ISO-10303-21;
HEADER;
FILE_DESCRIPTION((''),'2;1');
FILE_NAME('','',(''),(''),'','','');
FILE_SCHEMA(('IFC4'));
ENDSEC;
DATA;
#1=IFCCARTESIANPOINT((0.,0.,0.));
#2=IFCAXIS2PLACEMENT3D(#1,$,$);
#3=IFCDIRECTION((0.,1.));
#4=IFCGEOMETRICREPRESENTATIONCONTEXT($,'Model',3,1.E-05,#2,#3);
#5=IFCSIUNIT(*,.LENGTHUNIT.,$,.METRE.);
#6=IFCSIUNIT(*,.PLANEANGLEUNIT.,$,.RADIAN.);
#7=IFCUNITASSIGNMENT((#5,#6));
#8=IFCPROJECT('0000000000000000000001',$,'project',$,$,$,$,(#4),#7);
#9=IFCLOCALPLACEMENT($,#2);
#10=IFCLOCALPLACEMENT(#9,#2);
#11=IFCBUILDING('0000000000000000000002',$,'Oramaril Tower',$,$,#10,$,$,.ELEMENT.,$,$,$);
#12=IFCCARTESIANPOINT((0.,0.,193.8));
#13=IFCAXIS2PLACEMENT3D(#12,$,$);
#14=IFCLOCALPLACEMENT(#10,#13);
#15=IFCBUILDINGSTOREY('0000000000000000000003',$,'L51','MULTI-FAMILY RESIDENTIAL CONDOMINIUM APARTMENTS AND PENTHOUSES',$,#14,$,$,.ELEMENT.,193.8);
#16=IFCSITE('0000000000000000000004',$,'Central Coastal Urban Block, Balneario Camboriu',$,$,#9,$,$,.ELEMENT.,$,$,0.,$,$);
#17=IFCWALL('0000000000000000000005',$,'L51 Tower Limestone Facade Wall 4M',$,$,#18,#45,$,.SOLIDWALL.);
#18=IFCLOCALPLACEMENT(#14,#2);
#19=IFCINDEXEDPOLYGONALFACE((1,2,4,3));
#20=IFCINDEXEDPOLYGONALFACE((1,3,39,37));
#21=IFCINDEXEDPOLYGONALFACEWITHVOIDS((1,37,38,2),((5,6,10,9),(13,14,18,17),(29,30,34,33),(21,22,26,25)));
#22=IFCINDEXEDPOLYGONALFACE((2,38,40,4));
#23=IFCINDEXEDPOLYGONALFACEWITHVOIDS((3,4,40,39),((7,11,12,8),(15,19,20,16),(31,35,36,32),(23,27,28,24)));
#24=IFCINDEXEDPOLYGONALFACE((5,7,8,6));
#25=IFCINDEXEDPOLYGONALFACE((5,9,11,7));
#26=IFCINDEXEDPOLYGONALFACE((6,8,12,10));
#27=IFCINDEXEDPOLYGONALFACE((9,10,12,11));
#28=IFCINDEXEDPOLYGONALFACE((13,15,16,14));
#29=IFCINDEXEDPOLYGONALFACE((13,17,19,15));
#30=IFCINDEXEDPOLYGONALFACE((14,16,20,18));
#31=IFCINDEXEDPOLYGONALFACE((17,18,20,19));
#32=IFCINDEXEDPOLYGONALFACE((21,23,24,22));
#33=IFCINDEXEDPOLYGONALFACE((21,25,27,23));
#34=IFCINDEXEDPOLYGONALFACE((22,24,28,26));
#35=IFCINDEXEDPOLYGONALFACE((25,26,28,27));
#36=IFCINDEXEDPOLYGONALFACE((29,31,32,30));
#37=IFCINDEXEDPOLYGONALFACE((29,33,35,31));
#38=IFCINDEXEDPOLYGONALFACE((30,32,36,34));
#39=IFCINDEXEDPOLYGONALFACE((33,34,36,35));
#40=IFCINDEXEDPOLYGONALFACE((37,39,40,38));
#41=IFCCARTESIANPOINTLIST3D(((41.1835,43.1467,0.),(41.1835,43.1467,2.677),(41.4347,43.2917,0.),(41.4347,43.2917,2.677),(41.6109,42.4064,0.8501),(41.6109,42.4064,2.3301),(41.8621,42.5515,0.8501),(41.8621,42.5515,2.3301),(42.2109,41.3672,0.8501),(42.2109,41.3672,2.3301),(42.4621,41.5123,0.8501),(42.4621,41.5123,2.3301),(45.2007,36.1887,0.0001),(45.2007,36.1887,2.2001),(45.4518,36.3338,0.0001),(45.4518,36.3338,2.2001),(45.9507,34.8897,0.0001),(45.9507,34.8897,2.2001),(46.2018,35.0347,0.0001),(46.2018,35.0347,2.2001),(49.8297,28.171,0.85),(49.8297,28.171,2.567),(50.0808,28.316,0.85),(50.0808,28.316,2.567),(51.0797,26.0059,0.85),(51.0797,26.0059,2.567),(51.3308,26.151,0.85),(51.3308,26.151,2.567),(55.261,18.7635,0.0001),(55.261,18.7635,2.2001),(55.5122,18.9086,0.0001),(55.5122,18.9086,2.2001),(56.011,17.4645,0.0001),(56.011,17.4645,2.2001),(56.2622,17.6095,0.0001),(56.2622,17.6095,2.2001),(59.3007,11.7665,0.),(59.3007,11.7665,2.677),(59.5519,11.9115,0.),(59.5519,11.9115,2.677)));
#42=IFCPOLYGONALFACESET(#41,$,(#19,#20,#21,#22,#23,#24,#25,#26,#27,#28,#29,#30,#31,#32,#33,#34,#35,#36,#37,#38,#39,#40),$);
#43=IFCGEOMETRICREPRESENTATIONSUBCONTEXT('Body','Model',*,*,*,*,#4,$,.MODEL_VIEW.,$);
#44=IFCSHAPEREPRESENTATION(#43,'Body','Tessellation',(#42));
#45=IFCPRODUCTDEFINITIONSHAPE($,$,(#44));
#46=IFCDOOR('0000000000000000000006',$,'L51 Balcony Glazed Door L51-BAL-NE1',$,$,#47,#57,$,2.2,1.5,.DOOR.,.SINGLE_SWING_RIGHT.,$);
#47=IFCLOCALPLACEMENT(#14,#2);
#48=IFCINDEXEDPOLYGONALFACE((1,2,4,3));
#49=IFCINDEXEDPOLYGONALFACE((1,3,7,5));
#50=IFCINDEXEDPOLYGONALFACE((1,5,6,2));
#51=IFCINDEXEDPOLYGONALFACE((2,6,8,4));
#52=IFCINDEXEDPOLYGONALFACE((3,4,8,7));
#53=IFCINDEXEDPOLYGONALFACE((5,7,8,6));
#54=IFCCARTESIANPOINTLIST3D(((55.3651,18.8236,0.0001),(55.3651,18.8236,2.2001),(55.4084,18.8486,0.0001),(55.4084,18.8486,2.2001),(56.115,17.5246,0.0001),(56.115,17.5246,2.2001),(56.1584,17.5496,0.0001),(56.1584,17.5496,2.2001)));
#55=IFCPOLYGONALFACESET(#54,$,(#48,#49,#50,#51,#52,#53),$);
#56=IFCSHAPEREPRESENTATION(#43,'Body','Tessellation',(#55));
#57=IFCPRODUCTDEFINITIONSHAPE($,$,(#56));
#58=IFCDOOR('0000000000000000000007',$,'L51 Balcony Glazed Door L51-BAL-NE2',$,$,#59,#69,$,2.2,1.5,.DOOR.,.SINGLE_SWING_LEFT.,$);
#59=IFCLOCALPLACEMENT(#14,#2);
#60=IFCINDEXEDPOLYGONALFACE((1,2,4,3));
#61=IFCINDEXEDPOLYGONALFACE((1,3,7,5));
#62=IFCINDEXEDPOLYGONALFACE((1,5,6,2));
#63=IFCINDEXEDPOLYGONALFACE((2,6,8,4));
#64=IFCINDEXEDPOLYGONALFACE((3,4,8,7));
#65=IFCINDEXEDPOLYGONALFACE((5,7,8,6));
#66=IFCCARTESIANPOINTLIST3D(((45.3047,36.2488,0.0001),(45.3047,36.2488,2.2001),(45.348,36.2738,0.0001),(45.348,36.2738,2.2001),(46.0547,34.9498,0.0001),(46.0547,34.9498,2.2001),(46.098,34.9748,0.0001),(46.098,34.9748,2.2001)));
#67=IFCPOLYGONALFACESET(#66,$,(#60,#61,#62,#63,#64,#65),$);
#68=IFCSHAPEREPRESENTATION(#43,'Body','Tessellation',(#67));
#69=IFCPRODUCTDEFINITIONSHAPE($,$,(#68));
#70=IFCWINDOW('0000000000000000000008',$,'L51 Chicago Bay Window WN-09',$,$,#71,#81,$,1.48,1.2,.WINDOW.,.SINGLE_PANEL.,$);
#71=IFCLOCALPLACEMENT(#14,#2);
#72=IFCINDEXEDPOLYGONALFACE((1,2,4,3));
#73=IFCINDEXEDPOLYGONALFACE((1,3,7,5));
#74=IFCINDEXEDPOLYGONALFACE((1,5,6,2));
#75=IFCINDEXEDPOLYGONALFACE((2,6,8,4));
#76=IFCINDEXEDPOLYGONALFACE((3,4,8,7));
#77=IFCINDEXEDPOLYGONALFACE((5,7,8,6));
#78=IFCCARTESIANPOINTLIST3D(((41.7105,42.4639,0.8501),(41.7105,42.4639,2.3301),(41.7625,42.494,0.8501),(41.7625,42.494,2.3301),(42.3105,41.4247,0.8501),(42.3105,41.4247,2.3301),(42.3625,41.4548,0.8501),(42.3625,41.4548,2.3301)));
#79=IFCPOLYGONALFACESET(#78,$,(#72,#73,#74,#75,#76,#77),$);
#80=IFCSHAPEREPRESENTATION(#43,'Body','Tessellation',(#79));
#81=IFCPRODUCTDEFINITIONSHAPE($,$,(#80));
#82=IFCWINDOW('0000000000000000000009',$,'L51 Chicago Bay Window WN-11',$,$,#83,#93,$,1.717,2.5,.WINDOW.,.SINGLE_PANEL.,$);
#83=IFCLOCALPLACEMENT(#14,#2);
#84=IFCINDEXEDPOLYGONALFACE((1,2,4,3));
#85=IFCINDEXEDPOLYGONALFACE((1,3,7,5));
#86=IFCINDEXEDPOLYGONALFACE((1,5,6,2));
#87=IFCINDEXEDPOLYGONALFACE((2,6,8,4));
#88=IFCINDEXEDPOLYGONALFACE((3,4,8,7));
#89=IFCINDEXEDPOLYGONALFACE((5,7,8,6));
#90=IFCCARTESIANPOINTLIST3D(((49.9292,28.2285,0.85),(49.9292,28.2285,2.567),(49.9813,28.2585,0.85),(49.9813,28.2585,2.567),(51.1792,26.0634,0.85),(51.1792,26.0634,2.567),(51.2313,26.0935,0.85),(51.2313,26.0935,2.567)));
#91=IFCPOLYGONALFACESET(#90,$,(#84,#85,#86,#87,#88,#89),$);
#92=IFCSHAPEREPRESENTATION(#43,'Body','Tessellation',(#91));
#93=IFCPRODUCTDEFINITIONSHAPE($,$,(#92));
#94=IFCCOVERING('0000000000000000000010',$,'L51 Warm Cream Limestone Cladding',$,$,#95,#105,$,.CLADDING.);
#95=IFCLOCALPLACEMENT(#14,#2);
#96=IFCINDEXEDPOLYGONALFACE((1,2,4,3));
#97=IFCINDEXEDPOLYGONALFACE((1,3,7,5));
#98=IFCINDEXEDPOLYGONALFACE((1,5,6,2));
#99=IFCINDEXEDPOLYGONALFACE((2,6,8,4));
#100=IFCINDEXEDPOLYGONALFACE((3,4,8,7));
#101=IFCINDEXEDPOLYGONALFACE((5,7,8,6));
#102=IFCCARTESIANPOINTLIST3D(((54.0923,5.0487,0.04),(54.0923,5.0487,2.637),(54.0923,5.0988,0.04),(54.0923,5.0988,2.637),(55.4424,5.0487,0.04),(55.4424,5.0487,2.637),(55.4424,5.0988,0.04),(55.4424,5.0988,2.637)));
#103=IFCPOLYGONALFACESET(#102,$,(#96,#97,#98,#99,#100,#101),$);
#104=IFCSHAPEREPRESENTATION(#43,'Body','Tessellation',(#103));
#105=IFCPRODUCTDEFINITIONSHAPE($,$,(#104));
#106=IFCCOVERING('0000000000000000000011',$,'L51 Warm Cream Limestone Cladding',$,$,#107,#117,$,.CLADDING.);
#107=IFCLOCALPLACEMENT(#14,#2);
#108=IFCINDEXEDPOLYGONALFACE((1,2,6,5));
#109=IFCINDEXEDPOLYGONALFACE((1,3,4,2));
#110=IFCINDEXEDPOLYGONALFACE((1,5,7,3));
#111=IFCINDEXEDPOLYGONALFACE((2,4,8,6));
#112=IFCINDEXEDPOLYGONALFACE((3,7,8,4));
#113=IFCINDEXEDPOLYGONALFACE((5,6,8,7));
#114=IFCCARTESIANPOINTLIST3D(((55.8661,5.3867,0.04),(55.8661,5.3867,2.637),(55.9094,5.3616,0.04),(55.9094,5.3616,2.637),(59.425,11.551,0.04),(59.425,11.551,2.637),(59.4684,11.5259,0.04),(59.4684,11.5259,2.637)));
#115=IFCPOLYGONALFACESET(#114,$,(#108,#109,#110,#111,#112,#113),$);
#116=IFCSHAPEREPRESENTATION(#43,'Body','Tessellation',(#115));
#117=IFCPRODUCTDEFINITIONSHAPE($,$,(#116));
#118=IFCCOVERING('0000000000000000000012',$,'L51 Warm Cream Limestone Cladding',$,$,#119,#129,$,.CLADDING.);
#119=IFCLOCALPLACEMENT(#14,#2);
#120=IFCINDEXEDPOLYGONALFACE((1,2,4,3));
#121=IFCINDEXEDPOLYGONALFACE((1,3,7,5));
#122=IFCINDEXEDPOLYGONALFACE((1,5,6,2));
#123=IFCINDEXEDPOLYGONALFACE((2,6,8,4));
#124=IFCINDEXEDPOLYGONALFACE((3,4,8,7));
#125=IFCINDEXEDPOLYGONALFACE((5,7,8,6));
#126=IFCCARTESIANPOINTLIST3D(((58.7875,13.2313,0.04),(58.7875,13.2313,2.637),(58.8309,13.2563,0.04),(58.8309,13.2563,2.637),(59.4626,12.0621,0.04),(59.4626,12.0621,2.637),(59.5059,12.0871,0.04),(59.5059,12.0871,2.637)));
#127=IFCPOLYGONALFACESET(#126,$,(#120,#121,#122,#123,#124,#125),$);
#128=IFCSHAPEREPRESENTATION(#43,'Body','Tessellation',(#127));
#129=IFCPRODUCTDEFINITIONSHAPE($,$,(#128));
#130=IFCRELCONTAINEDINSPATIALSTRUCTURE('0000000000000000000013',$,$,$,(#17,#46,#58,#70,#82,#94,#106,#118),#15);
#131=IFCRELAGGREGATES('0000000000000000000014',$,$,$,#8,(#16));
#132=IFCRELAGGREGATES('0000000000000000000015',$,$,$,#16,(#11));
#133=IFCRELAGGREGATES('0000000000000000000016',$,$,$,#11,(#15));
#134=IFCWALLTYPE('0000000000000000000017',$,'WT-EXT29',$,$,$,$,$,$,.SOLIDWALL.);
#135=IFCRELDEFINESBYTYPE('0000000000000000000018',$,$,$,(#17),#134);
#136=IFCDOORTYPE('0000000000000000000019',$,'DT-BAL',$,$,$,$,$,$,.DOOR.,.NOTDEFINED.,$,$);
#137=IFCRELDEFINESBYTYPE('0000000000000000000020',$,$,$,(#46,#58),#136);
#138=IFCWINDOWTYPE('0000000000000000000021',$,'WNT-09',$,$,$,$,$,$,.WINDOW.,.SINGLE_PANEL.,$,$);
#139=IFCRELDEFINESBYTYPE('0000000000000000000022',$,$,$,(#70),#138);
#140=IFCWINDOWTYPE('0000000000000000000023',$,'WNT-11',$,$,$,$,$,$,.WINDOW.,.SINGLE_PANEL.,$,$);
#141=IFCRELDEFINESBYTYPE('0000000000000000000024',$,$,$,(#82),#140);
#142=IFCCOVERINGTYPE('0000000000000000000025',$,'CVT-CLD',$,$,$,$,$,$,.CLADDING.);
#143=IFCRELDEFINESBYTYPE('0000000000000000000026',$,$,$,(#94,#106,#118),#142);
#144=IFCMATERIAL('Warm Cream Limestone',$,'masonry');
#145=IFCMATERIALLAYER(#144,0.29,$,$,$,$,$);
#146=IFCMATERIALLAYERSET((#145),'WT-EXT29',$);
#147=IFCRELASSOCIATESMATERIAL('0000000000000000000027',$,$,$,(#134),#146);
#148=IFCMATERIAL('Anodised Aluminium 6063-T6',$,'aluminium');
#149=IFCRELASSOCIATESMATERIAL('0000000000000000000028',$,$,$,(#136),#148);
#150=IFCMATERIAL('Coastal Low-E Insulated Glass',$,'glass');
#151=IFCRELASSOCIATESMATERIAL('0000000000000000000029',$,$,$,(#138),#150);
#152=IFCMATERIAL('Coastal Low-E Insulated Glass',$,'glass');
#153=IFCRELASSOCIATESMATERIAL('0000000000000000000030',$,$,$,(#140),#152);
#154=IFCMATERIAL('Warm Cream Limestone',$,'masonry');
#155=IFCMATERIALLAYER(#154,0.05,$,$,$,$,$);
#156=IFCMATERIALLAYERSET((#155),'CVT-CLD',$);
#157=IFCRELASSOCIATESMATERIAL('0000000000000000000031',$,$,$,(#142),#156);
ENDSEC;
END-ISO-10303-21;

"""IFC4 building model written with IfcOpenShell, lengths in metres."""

from ifc_helpers import new_model, si_unit, direction, frame, frame_2d, origin, origin_2d, place, context, subcontext, project, spatial, rectangle, extrude, material, layer, layer_set, type_object, element, fill, save


model = new_model("IFC4")

# Units and contexts
model_context = context("Model", 3, precision=1e-05, world=origin(), true_north=direction((0.0, 1.0)))
body_context = subcontext(model_context, "Body", "Model", "MODEL_VIEW")
ifc_project = project(units=[si_unit("LENGTHUNIT", "METRE"), si_unit("PLANEANGLEUNIT", "RADIAN")], contexts=[model_context])

# Site, building, storey
site_placement = place(None, origin())
site = spatial("IfcSite", under=ifc_project, at=site_placement, Name="Central Coastal Urban Block, Balneario Camboriu", CompositionType="ELEMENT", RefElevation=0.0)
building_placement = place(site_placement, origin())
building = spatial("IfcBuilding", under=site, at=building_placement, Name="Oramaril Tower", CompositionType="ELEMENT")
storey_placement = place(building_placement, frame((0.0, 0.0, 193.8)))
storey = spatial("IfcBuildingStorey", under=building, at=storey_placement, Name="L51", Description="MULTI-FAMILY RESIDENTIAL CONDOMINIUM APARTMENTS AND PENTHOUSES", CompositionType="ELEMENT", Elevation=193.8)

# Shared definitions
ifc_material_1 = material(Name="Warm Cream Limestone", Category="masonry")
ifc_layer_1 = layer(ifc_material_1, 0.29)
ifc_layer_set_1 = layer_set([ifc_layer_1], Name="WT-EXT29")
wall_type = type_object("IfcWallType", Name="WT-EXT29", PredefinedType="SOLIDWALL", material=ifc_layer_set_1)

# Wall, openings, doors, windows
wall_1_placement = place(storey_placement, frame((59.4263, 11.8391, 0.0), z_axis=(0.0, 0.0, 1.0), x_axis=(-0.499997, 0.866027, 0.0)))
wall_1 = element("IfcWall", 1, at=wall_1_placement, inside=storey, type_object=wall_type, Name="L51 Tower Limestone Facade Wall 4M", PredefinedType="SOLIDWALL", context=body_context, shape_type="SweptSolid", body=[
    extrude(rectangle(XDim=36.2346, YDim=0.29, at=frame_2d((18.1172, 0.0))), origin(), (0.0, 0.0, 1.0), 2.677),
])
opening_1_placement = place(wall_1_placement, frame((6.5793, 0.0, 0.0)))
opening_1 = element("IfcOpeningElement", 2, at=opening_1_placement, cuts=wall_1, PredefinedType="OPENING", context=body_context, shape_type="SweptSolid", body=[
    extrude(rectangle(XDim=1.5, YDim=2.2, at=frame_2d((0.75, 1.1001))), frame((0.0, 0.145, 0.0), z_axis=(0.0, -1.0, 0.0), x_axis=(1.0, 0.0, 0.0)), (0.0, 0.0, 1.0), 0.29),
])
opening_2_placement = place(wall_1_placement, frame((26.7002, 0.0, 0.0)))
opening_2 = element("IfcOpeningElement", 3, at=opening_2_placement, cuts=wall_1, PredefinedType="OPENING", context=body_context, shape_type="SweptSolid", body=[
    extrude(rectangle(XDim=1.5, YDim=2.2, at=frame_2d((0.75, 1.1001))), frame((0.0, 0.145, 0.0), z_axis=(0.0, -1.0, 0.0), x_axis=(1.0, 0.0, 0.0)), (0.0, 0.0, 1.0), 0.29),
])
opening_3_placement = place(wall_1_placement, frame((34.1797, 0.0, 0.8501)))
opening_3 = element("IfcOpeningElement", 4, at=opening_3_placement, cuts=wall_1, PredefinedType="OPENING", context=body_context, shape_type="SweptSolid", body=[
    extrude(rectangle(XDim=1.2, YDim=1.48, at=frame_2d((0.6001, 0.74))), frame((0.0, 0.145, 0.0), z_axis=(0.0, -1.0, 0.0), x_axis=(1.0, 0.0, 0.0)), (0.0, 0.0, 1.0), 0.29),
])
opening_4_placement = place(wall_1_placement, frame((16.4421, 0.0, 0.8501)))
opening_4 = element("IfcOpeningElement", 5, at=opening_4_placement, cuts=wall_1, PredefinedType="OPENING", context=body_context, shape_type="SweptSolid", body=[
    extrude(rectangle(XDim=2.5, YDim=1.717, at=frame_2d((1.25, 0.8584))), frame((0.0, 0.145, 0.0), z_axis=(0.0, -1.0, 0.0), x_axis=(1.0, 0.0, 0.0)), (0.0, 0.0, 1.0), 0.29),
])
ifc_material_2 = material(Name="Anodised Aluminium 6063-T6", Category="aluminium")
door_type = type_object("IfcDoorType", Name="DT-BAL", OperationType="NOTDEFINED", PredefinedType="DOOR", material=ifc_material_2)
door_1_placement = place(opening_1_placement, origin())
door_1 = element("IfcDoor", 6, at=door_1_placement, inside=storey, type_object=door_type, Name="L51 Balcony Glazed Door L51-BAL-NE1", OperationType="SINGLE_SWING_RIGHT", OverallHeight=2.2, OverallWidth=1.5, PredefinedType="DOOR", context=body_context, shape_type="SweptSolid", body=[
    extrude(rectangle(XDim=1.5, YDim=2.2, at=frame_2d((0.75, 1.1001))), frame((0.0, 0.0249, 0.0), z_axis=(0.0, -1.0, 0.0), x_axis=(1.0, 0.0, 0.0)), (0.0, 0.0, 1.0), 0.05),
])
fill(opening_1, door_1)
door_2_placement = place(opening_2_placement, origin())
door_2 = element("IfcDoor", 7, at=door_2_placement, inside=storey, type_object=door_type, Name="L51 Balcony Glazed Door L51-BAL-NE2", OperationType="SINGLE_SWING_LEFT", OverallHeight=2.2, OverallWidth=1.5, PredefinedType="DOOR", context=body_context, shape_type="SweptSolid", body=[
    extrude(rectangle(XDim=1.5, YDim=2.2, at=frame_2d((0.75, 1.1001))), frame((0.0, 0.0249, 0.0), z_axis=(0.0, -1.0, 0.0), x_axis=(1.0, 0.0, 0.0)), (0.0, 0.0, 1.0), 0.05),
])
fill(opening_2, door_2)
ifc_material_3 = material(Name="Coastal Low-E Insulated Glass", Category="glass")
window_type_1 = type_object("IfcWindowType", Name="WNT-09", PartitioningType="SINGLE_PANEL", PredefinedType="WINDOW", material=ifc_material_3)
window_1_placement = place(opening_3_placement, origin())
window_1 = element("IfcWindow", 8, at=window_1_placement, inside=storey, type_object=window_type_1, Name="L51 Chicago Bay Window WN-09", OverallHeight=1.48, OverallWidth=1.2, PartitioningType="SINGLE_PANEL", PredefinedType="WINDOW", context=body_context, shape_type="SweptSolid", body=[
    extrude(rectangle(XDim=1.2, YDim=1.48, at=frame_2d((0.6001, 0.74))), frame((0.0, 0.03, 0.0), z_axis=(0.0, -1.0, 0.0), x_axis=(1.0, 0.0, 0.0)), (0.0, 0.0, 1.0), 0.0601),
])
fill(opening_3, window_1)
ifc_material_4 = material(Name="Coastal Low-E Insulated Glass", Category="glass")
window_type_2 = type_object("IfcWindowType", Name="WNT-11", PartitioningType="SINGLE_PANEL", PredefinedType="WINDOW", material=ifc_material_4)
window_2_placement = place(opening_4_placement, origin())
window_2 = element("IfcWindow", 9, at=window_2_placement, inside=storey, type_object=window_type_2, Name="L51 Chicago Bay Window WN-11", OverallHeight=1.717, OverallWidth=2.5, PartitioningType="SINGLE_PANEL", PredefinedType="WINDOW", context=body_context, shape_type="SweptSolid", body=[
    extrude(rectangle(XDim=2.5, YDim=1.717, at=frame_2d((1.25, 0.8584))), frame((0.0, 0.03, 0.0), z_axis=(0.0, -1.0, 0.0), x_axis=(1.0, 0.0, 0.0)), (0.0, 0.0, 1.0), 0.0601),
])
fill(opening_4, window_2)

# Coverings
ifc_material_5 = material(Name="Warm Cream Limestone", Category="masonry")
ifc_layer_2 = layer(ifc_material_5, 0.05)
ifc_layer_set_2 = layer_set([ifc_layer_2], Name="CVT-CLD")
covering_type = type_object("IfcCoveringType", Name="CVT-CLD", PredefinedType="CLADDING", material=ifc_layer_set_2)
covering_1_placement = place(storey_placement, frame((54.7673, 5.0737, 0.04), z_axis=(0.0, 0.0, 1.0), x_axis=(1.0, 0.0, 0.0)))
element("IfcCovering", 10, at=covering_1_placement, inside=storey, type_object=covering_type, Name="L51 Warm Cream Limestone Cladding", PredefinedType="CLADDING", context=body_context, shape_type="SweptSolid", body=[
    extrude(rectangle(XDim=1.3501, YDim=0.05, at=origin_2d()), origin(), (0.0, 0.0, 1.0), 2.5969),
])
covering_2_placement = place(storey_placement, frame((57.6672, 8.4563, 0.04), z_axis=(0.0, 0.0, 1.0), x_axis=(0.499998, 0.866026, 0.0)))
element("IfcCovering", 11, at=covering_2_placement, inside=storey, type_object=covering_type, Name="L51 Warm Cream Limestone Cladding", PredefinedType="CLADDING", context=body_context, shape_type="SweptSolid", body=[
    extrude(rectangle(XDim=7.1179, YDim=0.05, at=origin_2d()), origin(), (0.0, 0.0, 1.0), 2.5969),
])
covering_3_placement = place(storey_placement, frame((59.1467, 12.6592, 0.04), z_axis=(0.0, 0.0, 1.0), x_axis=(-0.5, 0.866025, 0.0)))
element("IfcCovering", 12, at=covering_3_placement, inside=storey, type_object=covering_type, Name="L51 Warm Cream Limestone Cladding", PredefinedType="CLADDING", context=body_context, shape_type="SweptSolid", body=[
    extrude(rectangle(XDim=1.3501, YDim=0.05, at=origin_2d()), origin(), (0.0, 0.0, 1.0), 2.5969),
])

save(model, "model.ifc")
